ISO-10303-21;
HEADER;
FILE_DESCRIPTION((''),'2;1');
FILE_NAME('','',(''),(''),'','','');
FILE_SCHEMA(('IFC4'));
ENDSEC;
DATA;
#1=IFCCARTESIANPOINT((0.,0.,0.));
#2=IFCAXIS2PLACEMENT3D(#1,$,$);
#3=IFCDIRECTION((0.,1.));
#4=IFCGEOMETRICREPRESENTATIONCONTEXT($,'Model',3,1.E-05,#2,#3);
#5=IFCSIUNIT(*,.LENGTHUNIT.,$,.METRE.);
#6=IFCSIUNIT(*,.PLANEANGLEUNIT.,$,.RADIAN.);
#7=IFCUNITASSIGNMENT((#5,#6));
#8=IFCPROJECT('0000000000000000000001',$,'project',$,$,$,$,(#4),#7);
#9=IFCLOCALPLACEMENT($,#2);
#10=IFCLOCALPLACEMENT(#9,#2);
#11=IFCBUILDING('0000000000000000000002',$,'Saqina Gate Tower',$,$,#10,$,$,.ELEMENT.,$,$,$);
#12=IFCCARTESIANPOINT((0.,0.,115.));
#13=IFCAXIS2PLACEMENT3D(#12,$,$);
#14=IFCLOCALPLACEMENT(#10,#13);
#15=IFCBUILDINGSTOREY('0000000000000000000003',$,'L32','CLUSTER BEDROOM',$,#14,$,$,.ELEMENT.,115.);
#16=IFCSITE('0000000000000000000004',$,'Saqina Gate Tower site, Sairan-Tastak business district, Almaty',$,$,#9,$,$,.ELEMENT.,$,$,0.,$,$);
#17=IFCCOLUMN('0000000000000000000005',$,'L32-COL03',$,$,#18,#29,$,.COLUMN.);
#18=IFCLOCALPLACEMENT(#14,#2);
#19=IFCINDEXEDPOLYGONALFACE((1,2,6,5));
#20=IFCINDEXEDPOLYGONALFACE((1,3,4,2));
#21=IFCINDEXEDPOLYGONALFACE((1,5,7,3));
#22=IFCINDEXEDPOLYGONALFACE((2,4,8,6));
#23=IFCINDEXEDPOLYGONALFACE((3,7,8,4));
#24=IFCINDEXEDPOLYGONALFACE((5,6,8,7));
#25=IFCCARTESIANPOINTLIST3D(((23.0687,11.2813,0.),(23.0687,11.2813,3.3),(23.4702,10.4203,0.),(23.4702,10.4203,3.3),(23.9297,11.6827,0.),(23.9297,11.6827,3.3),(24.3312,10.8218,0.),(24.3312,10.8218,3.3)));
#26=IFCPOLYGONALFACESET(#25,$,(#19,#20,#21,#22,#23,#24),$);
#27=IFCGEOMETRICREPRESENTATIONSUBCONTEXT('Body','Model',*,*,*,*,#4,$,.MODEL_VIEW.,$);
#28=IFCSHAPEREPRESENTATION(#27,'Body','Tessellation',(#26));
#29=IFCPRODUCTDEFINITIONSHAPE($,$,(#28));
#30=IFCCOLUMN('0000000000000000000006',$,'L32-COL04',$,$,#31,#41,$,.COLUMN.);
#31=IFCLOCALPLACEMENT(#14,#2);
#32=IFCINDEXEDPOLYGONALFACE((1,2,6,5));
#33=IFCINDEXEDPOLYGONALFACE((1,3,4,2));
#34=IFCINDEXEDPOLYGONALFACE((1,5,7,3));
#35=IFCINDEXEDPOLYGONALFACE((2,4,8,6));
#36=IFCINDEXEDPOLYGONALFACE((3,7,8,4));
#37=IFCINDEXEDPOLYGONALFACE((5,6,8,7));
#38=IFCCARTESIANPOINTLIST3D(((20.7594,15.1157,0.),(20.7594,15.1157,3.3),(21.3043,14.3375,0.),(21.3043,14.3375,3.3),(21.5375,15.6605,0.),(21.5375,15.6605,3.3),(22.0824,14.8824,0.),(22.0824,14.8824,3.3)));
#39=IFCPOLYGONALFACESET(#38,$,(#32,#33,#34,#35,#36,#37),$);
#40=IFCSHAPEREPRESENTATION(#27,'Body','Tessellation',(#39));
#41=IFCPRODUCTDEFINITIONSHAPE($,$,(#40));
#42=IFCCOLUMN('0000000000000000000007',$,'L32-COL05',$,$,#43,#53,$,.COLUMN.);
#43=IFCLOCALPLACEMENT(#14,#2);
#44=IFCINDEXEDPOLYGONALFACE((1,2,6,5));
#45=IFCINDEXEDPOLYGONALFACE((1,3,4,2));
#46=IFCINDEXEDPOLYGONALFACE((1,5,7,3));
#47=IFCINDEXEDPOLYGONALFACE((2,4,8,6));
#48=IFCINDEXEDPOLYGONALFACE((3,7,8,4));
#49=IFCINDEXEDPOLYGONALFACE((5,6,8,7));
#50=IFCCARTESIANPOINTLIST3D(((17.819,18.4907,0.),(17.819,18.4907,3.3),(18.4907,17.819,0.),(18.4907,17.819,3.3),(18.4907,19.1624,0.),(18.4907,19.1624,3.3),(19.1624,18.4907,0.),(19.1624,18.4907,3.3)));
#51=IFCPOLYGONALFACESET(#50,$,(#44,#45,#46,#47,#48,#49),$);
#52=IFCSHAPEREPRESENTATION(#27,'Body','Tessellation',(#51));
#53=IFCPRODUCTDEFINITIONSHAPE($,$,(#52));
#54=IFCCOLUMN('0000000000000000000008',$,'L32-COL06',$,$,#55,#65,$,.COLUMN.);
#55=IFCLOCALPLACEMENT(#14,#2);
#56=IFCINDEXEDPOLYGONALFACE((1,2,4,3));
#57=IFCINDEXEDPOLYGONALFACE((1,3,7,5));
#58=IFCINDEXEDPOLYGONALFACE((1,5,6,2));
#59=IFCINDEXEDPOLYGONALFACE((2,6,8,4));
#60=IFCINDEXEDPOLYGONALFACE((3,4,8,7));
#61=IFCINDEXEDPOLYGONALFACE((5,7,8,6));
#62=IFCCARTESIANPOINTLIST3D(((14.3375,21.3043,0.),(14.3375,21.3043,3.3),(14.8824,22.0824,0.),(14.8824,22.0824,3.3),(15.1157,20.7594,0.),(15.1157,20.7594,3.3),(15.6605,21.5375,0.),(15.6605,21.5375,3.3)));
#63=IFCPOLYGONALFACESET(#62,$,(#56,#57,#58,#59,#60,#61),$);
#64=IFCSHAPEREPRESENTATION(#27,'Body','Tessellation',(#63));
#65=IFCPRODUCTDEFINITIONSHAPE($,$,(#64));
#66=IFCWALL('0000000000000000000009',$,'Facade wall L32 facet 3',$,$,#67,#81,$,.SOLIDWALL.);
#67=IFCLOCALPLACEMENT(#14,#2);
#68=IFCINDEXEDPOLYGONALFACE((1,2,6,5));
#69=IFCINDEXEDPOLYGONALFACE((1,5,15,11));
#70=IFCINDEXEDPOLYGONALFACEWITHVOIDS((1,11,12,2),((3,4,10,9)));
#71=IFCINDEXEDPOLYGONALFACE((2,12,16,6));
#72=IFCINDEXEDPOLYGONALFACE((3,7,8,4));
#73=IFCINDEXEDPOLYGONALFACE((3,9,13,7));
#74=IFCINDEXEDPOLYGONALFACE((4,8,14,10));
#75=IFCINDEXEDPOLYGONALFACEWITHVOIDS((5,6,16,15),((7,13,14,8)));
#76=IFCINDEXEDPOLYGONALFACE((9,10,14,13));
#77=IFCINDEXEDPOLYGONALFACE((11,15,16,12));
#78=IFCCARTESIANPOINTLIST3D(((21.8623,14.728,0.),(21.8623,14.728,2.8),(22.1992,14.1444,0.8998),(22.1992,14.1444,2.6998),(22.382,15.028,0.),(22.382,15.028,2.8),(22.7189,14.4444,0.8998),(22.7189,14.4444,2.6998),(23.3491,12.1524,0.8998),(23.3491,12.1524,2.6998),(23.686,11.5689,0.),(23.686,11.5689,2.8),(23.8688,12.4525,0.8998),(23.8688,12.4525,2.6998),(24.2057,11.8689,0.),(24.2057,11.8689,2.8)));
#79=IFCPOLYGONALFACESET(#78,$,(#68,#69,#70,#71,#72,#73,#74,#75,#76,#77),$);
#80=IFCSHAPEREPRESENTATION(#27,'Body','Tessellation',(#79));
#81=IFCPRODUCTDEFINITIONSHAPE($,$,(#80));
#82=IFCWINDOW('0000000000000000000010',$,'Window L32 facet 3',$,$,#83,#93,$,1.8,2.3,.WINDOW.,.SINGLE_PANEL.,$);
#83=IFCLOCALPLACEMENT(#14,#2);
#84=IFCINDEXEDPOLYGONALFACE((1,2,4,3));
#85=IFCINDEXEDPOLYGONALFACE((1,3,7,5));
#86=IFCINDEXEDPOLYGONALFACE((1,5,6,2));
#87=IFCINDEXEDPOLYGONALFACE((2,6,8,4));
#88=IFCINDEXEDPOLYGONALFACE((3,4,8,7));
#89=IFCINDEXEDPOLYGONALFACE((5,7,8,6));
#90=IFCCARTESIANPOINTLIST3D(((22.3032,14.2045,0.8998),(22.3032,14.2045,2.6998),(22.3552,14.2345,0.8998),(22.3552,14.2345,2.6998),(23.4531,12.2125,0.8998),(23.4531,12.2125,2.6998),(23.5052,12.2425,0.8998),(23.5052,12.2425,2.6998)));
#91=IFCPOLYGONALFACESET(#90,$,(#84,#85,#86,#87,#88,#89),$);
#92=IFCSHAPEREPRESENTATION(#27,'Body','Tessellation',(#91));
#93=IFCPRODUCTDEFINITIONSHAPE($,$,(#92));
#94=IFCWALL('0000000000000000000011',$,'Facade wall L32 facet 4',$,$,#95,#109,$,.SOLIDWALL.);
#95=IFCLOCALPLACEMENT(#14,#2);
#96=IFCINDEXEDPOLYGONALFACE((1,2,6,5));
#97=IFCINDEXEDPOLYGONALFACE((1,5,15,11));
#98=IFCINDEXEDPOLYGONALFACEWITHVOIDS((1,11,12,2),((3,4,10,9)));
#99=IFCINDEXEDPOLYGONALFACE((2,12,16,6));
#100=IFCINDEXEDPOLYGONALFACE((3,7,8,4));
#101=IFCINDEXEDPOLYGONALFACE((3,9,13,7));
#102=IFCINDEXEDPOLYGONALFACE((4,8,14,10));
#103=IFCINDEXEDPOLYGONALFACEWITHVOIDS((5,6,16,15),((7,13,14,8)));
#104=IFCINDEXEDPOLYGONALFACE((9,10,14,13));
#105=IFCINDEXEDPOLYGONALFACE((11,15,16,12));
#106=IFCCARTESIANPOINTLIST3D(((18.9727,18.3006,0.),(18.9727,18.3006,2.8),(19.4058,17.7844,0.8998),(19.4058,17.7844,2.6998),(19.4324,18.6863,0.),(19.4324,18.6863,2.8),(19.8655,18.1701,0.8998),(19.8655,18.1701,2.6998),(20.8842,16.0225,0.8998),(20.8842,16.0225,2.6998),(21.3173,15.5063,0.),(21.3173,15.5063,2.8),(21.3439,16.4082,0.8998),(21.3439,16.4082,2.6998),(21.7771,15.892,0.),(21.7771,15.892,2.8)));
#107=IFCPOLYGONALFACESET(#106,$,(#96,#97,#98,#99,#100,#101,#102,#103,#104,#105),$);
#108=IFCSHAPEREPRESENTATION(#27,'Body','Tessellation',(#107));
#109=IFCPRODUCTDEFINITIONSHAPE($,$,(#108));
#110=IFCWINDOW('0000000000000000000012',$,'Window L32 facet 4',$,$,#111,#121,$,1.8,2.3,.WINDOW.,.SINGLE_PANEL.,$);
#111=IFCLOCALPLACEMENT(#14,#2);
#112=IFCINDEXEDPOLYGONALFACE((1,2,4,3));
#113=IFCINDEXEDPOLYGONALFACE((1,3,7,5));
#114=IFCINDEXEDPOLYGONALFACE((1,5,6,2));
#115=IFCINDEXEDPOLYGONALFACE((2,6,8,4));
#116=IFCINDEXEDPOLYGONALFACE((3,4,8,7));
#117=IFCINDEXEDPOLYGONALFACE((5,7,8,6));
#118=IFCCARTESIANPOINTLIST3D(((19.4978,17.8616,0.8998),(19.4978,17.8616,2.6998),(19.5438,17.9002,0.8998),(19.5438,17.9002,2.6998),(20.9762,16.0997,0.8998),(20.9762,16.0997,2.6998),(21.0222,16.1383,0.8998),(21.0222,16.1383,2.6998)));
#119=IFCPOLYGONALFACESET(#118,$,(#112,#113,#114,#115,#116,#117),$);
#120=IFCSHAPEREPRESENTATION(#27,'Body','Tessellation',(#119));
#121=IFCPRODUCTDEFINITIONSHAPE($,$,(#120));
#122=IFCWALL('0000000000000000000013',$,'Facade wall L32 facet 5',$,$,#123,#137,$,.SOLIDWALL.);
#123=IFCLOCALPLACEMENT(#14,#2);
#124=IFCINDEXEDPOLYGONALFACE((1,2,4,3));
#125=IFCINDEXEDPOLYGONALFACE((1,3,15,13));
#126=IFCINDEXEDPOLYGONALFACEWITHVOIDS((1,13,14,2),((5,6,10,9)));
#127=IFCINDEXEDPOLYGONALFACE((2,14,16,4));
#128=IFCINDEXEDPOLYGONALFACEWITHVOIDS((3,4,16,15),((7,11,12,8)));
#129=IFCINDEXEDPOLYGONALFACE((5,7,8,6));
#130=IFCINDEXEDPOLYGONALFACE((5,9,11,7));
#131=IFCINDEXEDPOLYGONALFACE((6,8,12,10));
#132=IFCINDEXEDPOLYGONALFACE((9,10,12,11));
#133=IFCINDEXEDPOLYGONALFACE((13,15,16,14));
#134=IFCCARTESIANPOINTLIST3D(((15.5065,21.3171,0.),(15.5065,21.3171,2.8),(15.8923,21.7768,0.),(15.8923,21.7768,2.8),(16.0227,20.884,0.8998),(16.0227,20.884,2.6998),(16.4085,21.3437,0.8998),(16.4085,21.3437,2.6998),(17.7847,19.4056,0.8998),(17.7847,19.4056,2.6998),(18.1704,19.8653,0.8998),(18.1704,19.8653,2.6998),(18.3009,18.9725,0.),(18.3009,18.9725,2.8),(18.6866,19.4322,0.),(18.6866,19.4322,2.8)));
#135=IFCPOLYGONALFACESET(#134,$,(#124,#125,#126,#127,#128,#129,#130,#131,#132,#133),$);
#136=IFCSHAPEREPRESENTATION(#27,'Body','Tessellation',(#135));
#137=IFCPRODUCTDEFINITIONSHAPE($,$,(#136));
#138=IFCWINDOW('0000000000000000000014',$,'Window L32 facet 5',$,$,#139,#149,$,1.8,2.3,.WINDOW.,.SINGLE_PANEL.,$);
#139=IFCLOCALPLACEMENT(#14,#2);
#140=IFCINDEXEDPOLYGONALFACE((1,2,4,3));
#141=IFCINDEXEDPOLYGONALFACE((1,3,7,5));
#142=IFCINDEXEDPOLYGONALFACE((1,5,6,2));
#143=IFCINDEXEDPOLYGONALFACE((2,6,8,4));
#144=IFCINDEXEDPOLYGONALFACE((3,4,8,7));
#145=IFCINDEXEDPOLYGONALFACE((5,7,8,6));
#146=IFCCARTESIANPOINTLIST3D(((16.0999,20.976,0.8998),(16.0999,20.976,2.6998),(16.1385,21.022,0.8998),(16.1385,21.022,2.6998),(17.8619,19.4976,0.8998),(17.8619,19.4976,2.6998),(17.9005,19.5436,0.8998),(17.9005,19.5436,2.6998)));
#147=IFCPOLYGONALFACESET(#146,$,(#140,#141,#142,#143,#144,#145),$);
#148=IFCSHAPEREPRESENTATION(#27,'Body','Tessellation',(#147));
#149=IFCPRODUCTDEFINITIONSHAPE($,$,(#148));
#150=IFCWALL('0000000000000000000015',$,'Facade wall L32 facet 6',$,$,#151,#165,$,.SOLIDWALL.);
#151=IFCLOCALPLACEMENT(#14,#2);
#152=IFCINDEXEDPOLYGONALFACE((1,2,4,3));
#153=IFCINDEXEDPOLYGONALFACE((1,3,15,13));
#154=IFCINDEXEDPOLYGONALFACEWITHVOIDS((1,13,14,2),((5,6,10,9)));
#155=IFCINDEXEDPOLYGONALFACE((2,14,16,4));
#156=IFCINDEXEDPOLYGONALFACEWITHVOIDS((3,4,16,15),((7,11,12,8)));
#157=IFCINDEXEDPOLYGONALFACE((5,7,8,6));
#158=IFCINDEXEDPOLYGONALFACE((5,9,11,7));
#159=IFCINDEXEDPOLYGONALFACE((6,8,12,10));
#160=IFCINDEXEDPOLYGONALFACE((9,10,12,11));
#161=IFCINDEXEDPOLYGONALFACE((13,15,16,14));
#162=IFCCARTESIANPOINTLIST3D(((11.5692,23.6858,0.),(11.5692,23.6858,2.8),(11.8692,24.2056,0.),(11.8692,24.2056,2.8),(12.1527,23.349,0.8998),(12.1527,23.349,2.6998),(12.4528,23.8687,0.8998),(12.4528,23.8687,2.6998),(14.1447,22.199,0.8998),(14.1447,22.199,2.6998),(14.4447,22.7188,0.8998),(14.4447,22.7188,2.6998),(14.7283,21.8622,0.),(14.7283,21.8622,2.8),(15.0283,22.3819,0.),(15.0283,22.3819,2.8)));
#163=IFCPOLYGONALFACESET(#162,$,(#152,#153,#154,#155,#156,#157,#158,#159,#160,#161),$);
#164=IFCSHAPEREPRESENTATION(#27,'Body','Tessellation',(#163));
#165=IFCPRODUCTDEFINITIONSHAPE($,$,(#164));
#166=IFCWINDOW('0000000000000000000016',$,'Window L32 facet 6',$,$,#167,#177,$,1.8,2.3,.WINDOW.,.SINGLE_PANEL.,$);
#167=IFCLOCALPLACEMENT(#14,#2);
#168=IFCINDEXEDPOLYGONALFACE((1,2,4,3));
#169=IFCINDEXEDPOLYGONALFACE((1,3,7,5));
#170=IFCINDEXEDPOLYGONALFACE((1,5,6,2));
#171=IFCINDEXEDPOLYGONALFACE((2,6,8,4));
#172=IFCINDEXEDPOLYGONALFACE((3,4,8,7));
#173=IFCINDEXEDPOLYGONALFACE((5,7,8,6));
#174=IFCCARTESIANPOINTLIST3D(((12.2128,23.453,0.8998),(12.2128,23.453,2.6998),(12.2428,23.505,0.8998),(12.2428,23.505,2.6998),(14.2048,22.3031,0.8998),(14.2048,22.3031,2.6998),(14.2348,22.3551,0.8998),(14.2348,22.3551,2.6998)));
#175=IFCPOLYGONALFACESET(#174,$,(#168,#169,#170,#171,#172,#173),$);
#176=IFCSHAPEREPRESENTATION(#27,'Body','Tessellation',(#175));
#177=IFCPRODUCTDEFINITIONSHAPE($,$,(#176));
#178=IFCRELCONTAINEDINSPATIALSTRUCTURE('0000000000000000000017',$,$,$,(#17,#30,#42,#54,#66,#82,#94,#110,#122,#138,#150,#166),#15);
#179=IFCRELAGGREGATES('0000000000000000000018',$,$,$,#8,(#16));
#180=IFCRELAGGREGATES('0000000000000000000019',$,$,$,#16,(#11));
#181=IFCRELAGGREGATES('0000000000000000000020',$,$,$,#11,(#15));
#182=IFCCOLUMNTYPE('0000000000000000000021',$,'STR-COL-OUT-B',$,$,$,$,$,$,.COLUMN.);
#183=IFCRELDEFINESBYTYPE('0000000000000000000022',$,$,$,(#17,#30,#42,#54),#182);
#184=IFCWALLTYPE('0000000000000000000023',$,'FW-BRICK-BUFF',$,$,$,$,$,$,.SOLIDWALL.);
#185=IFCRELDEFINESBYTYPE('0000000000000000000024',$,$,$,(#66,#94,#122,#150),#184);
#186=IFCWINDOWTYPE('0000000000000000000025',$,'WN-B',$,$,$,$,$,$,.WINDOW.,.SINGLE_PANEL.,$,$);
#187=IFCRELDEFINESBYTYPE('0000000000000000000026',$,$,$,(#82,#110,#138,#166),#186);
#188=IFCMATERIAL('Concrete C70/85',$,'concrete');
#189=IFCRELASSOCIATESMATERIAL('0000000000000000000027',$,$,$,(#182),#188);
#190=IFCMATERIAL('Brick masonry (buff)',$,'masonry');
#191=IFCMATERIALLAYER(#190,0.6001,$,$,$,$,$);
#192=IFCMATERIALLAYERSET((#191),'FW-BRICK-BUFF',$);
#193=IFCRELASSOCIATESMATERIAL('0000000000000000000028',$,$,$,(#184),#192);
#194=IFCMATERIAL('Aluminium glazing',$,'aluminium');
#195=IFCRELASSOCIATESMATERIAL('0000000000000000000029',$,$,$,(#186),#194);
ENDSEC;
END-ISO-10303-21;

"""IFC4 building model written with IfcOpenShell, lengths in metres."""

from ifc_helpers import new_model, si_unit, direction, frame, frame_2d, origin, origin_2d, place, context, subcontext, project, spatial, rectangle, extrude, material, layer, layer_set, material_profile, profile_set, type_object, element, fill, save


model = new_model("IFC4")

# Units and contexts
model_context = context("Model", 3, precision=1e-05, world=origin(), true_north=direction((0.0, 1.0)))
body_context = subcontext(model_context, "Body", "Model", "MODEL_VIEW")
ifc_project = project(units=[si_unit("LENGTHUNIT", "METRE"), si_unit("PLANEANGLEUNIT", "RADIAN")], contexts=[model_context])

# Site, building, storey
site_placement = place(None, origin())
site = spatial("IfcSite", under=ifc_project, at=site_placement, Name="Saqina Gate Tower site, Sairan-Tastak business district, Almaty", CompositionType="ELEMENT", RefElevation=0.0)
building_placement = place(site_placement, origin())
building = spatial("IfcBuilding", under=site, at=building_placement, Name="Saqina Gate Tower", CompositionType="ELEMENT")
storey_placement = place(building_placement, frame((0.0, 0.0, 115.0)))
storey = spatial("IfcBuildingStorey", under=building, at=storey_placement, Name="L32", Description="CLUSTER BEDROOM", CompositionType="ELEMENT", Elevation=115.0)

# Columns
ifc_material_1 = material(Name="Concrete C70/85", Category="concrete")
ifc_material_profile = material_profile(ifc_material_1, rectangle(XDim=0.95, YDim=0.95, at=origin_2d()), Name="RC 950x950")
ifc_profile_set = profile_set([ifc_material_profile], Name="Concrete C70/85")
column_type = type_object("IfcColumnType", Name="STR-COL-OUT-B", PredefinedType="COLUMN", material=ifc_profile_set)
for number, where, z_axis, x_axis, name in (
    (1, (23.7, 11.0515, 0.0), (0.0, 0.0, 1.0), (0.906308, 0.422618, 0.0), "L32-COL03"),
    (2, (21.4209, 14.999, 0.0), (0.0, 0.0, 1.0), (0.819152, 0.573576, 0.0), "L32-COL04"),
    (3, (18.4907, 18.4907, 0.0), (0.0, 0.0, 1.0), (0.707107, 0.707107, 0.0), "L32-COL05"),
    (4, (14.999, 21.4209, 0.0), (0.0, 0.0, 1.0), (0.573576, 0.819152, 0.0), "L32-COL06"),
):
    element("IfcColumn", number, at=place(storey_placement, frame(where, z_axis=z_axis, x_axis=x_axis)), inside=storey, type_object=column_type, Name=name, PredefinedType="COLUMN", context=body_context, shape_type="SweptSolid", body=[
        extrude(rectangle(XDim=0.95, YDim=0.95, at=origin_2d()), origin(), (0.0, 0.0, 1.0), 3.3),
    ])

# Walls, openings, windows
ifc_material_2 = material(Name="Brick masonry (buff)", Category="masonry")
ifc_layer_1 = layer(ifc_material_2, 0.6001)
ifc_layer_set_1 = layer_set([ifc_layer_1], Name="FW-BRICK-BUFF")
wall_type_1 = type_object("IfcWallType", Name="FW-BRICK-BUFF", PredefinedType="SOLIDWALL", material=ifc_layer_set_1)
wall_1_placement = place(storey_placement, frame((23.9458, 11.719, 0.0), z_axis=(0.0, 0.0, 1.0), x_axis=(-0.499954, 0.866052, 0.0)))
wall_1 = element("IfcWall", 5, at=wall_1_placement, inside=storey, type_object=wall_type_1, Name="Facade wall L32 facet 3", PredefinedType="SOLIDWALL", context=body_context, shape_type="SweptSolid", body=[
    extrude(rectangle(XDim=3.6477, YDim=0.6001, at=frame_2d((1.8237, 0.0))), origin(), (0.0, 0.0, 1.0), 2.8),
])
opening_1_placement = place(wall_1_placement, frame((0.6738, 0.0, 0.8999)))
opening_1 = element("IfcOpeningElement", 6, at=opening_1_placement, cuts=wall_1, PredefinedType="OPENING", context=body_context, shape_type="SweptSolid", body=[
    extrude(rectangle(XDim=2.3, YDim=1.8, at=frame_2d((1.1499, 0.8999))), frame((0.0, 0.312, 0.0), z_axis=(0.0, -1.0, 0.0), x_axis=(1.0, 0.0, 0.0)), (0.0, 0.0, 1.0), 0.624),
])
ifc_material_3 = material(Name="Aluminium glazing", Category="aluminium")
window_type = type_object("IfcWindowType", Name="WN-B", PartitioningType="SINGLE_PANEL", PredefinedType="WINDOW", material=ifc_material_3)
window_1_placement = place(opening_1_placement, origin())
window_1 = element("IfcWindow", 7, at=window_1_placement, inside=storey, type_object=window_type, Name="Window L32 facet 3", OverallHeight=1.8, OverallWidth=2.3, PartitioningType="SINGLE_PANEL", PredefinedType="WINDOW", context=body_context, shape_type="SweptSolid", body=[
    extrude(rectangle(XDim=2.3, YDim=1.8, at=frame_2d((1.1499, 0.8999))), frame((0.0, 0.1799, 0.0), z_axis=(0.0, -1.0, 0.0), x_axis=(1.0, 0.0, 0.0)), (0.0, 0.0, 1.0), 0.0601),
])
fill(opening_1, window_1)
wall_2_placement = place(storey_placement, frame((21.5471, 15.6992, 0.0), z_axis=(0.0, 0.0, 1.0), x_axis=(-0.642774, 0.766055, 0.0)))
wall_2 = element("IfcWall", 8, at=wall_2_placement, inside=storey, type_object=wall_type_1, Name="Facade wall L32 facet 4", PredefinedType="SOLIDWALL", context=body_context, shape_type="SweptSolid", body=[
    extrude(rectangle(XDim=3.6477, YDim=0.6001, at=frame_2d((1.8237, 0.0))), origin(), (0.0, 0.0, 1.0), 2.8),
])
opening_2_placement = place(wall_2_placement, frame((0.6738, 0.0, 0.8999)))
opening_2 = element("IfcOpeningElement", 9, at=opening_2_placement, cuts=wall_2, PredefinedType="OPENING", context=body_context, shape_type="SweptSolid", body=[
    extrude(rectangle(XDim=2.3, YDim=1.8, at=frame_2d((1.1499, 0.8999))), frame((0.0, 0.312, 0.0), z_axis=(0.0, -1.0, 0.0), x_axis=(1.0, 0.0, 0.0)), (0.0, 0.0, 1.0), 0.624),
])
window_2_placement = place(opening_2_placement, origin())
window_2 = element("IfcWindow", 10, at=window_2_placement, inside=storey, type_object=window_type, Name="Window L32 facet 4", OverallHeight=1.8, OverallWidth=2.3, PartitioningType="SINGLE_PANEL", PredefinedType="WINDOW", context=body_context, shape_type="SweptSolid", body=[
    extrude(rectangle(XDim=2.3, YDim=1.8, at=frame_2d((1.1499, 0.8999))), frame((0.0, 0.1799, 0.0), z_axis=(0.0, -1.0, 0.0), x_axis=(1.0, 0.0, 0.0)), (0.0, 0.0, 1.0), 0.0601),
])
fill(opening_2, window_2)
wall_3_placement = place(storey_placement, frame((18.4937, 19.2024, 0.0), z_axis=(0.0, 0.0, 1.0), x_axis=(-0.766055, 0.642774, 0.0)))
wall_3 = element("IfcWall", 11, at=wall_3_placement, inside=storey, type_object=wall_type_1, Name="Facade wall L32 facet 5", PredefinedType="SOLIDWALL", context=body_context, shape_type="SweptSolid", body=[
    extrude(rectangle(XDim=3.6477, YDim=0.6001, at=frame_2d((1.8237, 0.0))), origin(), (0.0, 0.0, 1.0), 2.8),
])
opening_3_placement = place(wall_3_placement, frame((0.6738, 0.0, 0.8999)))
opening_3 = element("IfcOpeningElement", 12, at=opening_3_placement, cuts=wall_3, PredefinedType="OPENING", context=body_context, shape_type="SweptSolid", body=[
    extrude(rectangle(XDim=2.3, YDim=1.8, at=frame_2d((1.1499, 0.8999))), frame((0.0, 0.312, 0.0), z_axis=(0.0, -1.0, 0.0), x_axis=(1.0, 0.0, 0.0)), (0.0, 0.0, 1.0), 0.624),
])
window_3_placement = place(opening_3_placement, origin())
window_3 = element("IfcWindow", 13, at=window_3_placement, inside=storey, type_object=window_type, Name="Window L32 facet 5", OverallHeight=1.8, OverallWidth=2.3, PartitioningType="SINGLE_PANEL", PredefinedType="WINDOW", context=body_context, shape_type="SweptSolid", body=[
    extrude(rectangle(XDim=2.3, YDim=1.8, at=frame_2d((1.1499, 0.8999))), frame((0.0, 0.1799, 0.0), z_axis=(0.0, -1.0, 0.0), x_axis=(1.0, 0.0, 0.0)), (0.0, 0.0, 1.0), 0.0601),
])
fill(opening_3, window_3)
wall_4_placement = place(storey_placement, frame((14.8782, 22.1221, 0.0), z_axis=(0.0, 0.0, 1.0), x_axis=(-0.866052, 0.499954, 0.0)))
wall_4 = element("IfcWall", 14, at=wall_4_placement, inside=storey, type_object=wall_type_1, Name="Facade wall L32 facet 6", PredefinedType="SOLIDWALL", context=body_context, shape_type="SweptSolid", body=[
    extrude(rectangle(XDim=3.6477, YDim=0.6001, at=frame_2d((1.8237, 0.0))), origin(), (0.0, 0.0, 1.0), 2.8),
])
opening_4_placement = place(wall_4_placement, frame((0.6738, 0.0, 0.8999)))
opening_4 = element("IfcOpeningElement", 15, at=opening_4_placement, cuts=wall_4, PredefinedType="OPENING", context=body_context, shape_type="SweptSolid", body=[
    extrude(rectangle(XDim=2.3, YDim=1.8, at=frame_2d((1.1499, 0.8999))), frame((0.0, 0.312, 0.0), z_axis=(0.0, -1.0, 0.0), x_axis=(1.0, 0.0, 0.0)), (0.0, 0.0, 1.0), 0.624),
])
window_4_placement = place(opening_4_placement, origin())
window_4 = element("IfcWindow", 16, at=window_4_placement, inside=storey, type_object=window_type, Name="Window L32 facet 6", OverallHeight=1.8, OverallWidth=2.3, PartitioningType="SINGLE_PANEL", PredefinedType="WINDOW", context=body_context, shape_type="SweptSolid", body=[
    extrude(rectangle(XDim=2.3, YDim=1.8, at=frame_2d((1.1499, 0.8999))), frame((0.0, 0.1799, 0.0), z_axis=(0.0, -1.0, 0.0), x_axis=(1.0, 0.0, 0.0)), (0.0, 0.0, 1.0), 0.0601),
])
fill(opening_4, window_4)

save(model, "model.ifc")
